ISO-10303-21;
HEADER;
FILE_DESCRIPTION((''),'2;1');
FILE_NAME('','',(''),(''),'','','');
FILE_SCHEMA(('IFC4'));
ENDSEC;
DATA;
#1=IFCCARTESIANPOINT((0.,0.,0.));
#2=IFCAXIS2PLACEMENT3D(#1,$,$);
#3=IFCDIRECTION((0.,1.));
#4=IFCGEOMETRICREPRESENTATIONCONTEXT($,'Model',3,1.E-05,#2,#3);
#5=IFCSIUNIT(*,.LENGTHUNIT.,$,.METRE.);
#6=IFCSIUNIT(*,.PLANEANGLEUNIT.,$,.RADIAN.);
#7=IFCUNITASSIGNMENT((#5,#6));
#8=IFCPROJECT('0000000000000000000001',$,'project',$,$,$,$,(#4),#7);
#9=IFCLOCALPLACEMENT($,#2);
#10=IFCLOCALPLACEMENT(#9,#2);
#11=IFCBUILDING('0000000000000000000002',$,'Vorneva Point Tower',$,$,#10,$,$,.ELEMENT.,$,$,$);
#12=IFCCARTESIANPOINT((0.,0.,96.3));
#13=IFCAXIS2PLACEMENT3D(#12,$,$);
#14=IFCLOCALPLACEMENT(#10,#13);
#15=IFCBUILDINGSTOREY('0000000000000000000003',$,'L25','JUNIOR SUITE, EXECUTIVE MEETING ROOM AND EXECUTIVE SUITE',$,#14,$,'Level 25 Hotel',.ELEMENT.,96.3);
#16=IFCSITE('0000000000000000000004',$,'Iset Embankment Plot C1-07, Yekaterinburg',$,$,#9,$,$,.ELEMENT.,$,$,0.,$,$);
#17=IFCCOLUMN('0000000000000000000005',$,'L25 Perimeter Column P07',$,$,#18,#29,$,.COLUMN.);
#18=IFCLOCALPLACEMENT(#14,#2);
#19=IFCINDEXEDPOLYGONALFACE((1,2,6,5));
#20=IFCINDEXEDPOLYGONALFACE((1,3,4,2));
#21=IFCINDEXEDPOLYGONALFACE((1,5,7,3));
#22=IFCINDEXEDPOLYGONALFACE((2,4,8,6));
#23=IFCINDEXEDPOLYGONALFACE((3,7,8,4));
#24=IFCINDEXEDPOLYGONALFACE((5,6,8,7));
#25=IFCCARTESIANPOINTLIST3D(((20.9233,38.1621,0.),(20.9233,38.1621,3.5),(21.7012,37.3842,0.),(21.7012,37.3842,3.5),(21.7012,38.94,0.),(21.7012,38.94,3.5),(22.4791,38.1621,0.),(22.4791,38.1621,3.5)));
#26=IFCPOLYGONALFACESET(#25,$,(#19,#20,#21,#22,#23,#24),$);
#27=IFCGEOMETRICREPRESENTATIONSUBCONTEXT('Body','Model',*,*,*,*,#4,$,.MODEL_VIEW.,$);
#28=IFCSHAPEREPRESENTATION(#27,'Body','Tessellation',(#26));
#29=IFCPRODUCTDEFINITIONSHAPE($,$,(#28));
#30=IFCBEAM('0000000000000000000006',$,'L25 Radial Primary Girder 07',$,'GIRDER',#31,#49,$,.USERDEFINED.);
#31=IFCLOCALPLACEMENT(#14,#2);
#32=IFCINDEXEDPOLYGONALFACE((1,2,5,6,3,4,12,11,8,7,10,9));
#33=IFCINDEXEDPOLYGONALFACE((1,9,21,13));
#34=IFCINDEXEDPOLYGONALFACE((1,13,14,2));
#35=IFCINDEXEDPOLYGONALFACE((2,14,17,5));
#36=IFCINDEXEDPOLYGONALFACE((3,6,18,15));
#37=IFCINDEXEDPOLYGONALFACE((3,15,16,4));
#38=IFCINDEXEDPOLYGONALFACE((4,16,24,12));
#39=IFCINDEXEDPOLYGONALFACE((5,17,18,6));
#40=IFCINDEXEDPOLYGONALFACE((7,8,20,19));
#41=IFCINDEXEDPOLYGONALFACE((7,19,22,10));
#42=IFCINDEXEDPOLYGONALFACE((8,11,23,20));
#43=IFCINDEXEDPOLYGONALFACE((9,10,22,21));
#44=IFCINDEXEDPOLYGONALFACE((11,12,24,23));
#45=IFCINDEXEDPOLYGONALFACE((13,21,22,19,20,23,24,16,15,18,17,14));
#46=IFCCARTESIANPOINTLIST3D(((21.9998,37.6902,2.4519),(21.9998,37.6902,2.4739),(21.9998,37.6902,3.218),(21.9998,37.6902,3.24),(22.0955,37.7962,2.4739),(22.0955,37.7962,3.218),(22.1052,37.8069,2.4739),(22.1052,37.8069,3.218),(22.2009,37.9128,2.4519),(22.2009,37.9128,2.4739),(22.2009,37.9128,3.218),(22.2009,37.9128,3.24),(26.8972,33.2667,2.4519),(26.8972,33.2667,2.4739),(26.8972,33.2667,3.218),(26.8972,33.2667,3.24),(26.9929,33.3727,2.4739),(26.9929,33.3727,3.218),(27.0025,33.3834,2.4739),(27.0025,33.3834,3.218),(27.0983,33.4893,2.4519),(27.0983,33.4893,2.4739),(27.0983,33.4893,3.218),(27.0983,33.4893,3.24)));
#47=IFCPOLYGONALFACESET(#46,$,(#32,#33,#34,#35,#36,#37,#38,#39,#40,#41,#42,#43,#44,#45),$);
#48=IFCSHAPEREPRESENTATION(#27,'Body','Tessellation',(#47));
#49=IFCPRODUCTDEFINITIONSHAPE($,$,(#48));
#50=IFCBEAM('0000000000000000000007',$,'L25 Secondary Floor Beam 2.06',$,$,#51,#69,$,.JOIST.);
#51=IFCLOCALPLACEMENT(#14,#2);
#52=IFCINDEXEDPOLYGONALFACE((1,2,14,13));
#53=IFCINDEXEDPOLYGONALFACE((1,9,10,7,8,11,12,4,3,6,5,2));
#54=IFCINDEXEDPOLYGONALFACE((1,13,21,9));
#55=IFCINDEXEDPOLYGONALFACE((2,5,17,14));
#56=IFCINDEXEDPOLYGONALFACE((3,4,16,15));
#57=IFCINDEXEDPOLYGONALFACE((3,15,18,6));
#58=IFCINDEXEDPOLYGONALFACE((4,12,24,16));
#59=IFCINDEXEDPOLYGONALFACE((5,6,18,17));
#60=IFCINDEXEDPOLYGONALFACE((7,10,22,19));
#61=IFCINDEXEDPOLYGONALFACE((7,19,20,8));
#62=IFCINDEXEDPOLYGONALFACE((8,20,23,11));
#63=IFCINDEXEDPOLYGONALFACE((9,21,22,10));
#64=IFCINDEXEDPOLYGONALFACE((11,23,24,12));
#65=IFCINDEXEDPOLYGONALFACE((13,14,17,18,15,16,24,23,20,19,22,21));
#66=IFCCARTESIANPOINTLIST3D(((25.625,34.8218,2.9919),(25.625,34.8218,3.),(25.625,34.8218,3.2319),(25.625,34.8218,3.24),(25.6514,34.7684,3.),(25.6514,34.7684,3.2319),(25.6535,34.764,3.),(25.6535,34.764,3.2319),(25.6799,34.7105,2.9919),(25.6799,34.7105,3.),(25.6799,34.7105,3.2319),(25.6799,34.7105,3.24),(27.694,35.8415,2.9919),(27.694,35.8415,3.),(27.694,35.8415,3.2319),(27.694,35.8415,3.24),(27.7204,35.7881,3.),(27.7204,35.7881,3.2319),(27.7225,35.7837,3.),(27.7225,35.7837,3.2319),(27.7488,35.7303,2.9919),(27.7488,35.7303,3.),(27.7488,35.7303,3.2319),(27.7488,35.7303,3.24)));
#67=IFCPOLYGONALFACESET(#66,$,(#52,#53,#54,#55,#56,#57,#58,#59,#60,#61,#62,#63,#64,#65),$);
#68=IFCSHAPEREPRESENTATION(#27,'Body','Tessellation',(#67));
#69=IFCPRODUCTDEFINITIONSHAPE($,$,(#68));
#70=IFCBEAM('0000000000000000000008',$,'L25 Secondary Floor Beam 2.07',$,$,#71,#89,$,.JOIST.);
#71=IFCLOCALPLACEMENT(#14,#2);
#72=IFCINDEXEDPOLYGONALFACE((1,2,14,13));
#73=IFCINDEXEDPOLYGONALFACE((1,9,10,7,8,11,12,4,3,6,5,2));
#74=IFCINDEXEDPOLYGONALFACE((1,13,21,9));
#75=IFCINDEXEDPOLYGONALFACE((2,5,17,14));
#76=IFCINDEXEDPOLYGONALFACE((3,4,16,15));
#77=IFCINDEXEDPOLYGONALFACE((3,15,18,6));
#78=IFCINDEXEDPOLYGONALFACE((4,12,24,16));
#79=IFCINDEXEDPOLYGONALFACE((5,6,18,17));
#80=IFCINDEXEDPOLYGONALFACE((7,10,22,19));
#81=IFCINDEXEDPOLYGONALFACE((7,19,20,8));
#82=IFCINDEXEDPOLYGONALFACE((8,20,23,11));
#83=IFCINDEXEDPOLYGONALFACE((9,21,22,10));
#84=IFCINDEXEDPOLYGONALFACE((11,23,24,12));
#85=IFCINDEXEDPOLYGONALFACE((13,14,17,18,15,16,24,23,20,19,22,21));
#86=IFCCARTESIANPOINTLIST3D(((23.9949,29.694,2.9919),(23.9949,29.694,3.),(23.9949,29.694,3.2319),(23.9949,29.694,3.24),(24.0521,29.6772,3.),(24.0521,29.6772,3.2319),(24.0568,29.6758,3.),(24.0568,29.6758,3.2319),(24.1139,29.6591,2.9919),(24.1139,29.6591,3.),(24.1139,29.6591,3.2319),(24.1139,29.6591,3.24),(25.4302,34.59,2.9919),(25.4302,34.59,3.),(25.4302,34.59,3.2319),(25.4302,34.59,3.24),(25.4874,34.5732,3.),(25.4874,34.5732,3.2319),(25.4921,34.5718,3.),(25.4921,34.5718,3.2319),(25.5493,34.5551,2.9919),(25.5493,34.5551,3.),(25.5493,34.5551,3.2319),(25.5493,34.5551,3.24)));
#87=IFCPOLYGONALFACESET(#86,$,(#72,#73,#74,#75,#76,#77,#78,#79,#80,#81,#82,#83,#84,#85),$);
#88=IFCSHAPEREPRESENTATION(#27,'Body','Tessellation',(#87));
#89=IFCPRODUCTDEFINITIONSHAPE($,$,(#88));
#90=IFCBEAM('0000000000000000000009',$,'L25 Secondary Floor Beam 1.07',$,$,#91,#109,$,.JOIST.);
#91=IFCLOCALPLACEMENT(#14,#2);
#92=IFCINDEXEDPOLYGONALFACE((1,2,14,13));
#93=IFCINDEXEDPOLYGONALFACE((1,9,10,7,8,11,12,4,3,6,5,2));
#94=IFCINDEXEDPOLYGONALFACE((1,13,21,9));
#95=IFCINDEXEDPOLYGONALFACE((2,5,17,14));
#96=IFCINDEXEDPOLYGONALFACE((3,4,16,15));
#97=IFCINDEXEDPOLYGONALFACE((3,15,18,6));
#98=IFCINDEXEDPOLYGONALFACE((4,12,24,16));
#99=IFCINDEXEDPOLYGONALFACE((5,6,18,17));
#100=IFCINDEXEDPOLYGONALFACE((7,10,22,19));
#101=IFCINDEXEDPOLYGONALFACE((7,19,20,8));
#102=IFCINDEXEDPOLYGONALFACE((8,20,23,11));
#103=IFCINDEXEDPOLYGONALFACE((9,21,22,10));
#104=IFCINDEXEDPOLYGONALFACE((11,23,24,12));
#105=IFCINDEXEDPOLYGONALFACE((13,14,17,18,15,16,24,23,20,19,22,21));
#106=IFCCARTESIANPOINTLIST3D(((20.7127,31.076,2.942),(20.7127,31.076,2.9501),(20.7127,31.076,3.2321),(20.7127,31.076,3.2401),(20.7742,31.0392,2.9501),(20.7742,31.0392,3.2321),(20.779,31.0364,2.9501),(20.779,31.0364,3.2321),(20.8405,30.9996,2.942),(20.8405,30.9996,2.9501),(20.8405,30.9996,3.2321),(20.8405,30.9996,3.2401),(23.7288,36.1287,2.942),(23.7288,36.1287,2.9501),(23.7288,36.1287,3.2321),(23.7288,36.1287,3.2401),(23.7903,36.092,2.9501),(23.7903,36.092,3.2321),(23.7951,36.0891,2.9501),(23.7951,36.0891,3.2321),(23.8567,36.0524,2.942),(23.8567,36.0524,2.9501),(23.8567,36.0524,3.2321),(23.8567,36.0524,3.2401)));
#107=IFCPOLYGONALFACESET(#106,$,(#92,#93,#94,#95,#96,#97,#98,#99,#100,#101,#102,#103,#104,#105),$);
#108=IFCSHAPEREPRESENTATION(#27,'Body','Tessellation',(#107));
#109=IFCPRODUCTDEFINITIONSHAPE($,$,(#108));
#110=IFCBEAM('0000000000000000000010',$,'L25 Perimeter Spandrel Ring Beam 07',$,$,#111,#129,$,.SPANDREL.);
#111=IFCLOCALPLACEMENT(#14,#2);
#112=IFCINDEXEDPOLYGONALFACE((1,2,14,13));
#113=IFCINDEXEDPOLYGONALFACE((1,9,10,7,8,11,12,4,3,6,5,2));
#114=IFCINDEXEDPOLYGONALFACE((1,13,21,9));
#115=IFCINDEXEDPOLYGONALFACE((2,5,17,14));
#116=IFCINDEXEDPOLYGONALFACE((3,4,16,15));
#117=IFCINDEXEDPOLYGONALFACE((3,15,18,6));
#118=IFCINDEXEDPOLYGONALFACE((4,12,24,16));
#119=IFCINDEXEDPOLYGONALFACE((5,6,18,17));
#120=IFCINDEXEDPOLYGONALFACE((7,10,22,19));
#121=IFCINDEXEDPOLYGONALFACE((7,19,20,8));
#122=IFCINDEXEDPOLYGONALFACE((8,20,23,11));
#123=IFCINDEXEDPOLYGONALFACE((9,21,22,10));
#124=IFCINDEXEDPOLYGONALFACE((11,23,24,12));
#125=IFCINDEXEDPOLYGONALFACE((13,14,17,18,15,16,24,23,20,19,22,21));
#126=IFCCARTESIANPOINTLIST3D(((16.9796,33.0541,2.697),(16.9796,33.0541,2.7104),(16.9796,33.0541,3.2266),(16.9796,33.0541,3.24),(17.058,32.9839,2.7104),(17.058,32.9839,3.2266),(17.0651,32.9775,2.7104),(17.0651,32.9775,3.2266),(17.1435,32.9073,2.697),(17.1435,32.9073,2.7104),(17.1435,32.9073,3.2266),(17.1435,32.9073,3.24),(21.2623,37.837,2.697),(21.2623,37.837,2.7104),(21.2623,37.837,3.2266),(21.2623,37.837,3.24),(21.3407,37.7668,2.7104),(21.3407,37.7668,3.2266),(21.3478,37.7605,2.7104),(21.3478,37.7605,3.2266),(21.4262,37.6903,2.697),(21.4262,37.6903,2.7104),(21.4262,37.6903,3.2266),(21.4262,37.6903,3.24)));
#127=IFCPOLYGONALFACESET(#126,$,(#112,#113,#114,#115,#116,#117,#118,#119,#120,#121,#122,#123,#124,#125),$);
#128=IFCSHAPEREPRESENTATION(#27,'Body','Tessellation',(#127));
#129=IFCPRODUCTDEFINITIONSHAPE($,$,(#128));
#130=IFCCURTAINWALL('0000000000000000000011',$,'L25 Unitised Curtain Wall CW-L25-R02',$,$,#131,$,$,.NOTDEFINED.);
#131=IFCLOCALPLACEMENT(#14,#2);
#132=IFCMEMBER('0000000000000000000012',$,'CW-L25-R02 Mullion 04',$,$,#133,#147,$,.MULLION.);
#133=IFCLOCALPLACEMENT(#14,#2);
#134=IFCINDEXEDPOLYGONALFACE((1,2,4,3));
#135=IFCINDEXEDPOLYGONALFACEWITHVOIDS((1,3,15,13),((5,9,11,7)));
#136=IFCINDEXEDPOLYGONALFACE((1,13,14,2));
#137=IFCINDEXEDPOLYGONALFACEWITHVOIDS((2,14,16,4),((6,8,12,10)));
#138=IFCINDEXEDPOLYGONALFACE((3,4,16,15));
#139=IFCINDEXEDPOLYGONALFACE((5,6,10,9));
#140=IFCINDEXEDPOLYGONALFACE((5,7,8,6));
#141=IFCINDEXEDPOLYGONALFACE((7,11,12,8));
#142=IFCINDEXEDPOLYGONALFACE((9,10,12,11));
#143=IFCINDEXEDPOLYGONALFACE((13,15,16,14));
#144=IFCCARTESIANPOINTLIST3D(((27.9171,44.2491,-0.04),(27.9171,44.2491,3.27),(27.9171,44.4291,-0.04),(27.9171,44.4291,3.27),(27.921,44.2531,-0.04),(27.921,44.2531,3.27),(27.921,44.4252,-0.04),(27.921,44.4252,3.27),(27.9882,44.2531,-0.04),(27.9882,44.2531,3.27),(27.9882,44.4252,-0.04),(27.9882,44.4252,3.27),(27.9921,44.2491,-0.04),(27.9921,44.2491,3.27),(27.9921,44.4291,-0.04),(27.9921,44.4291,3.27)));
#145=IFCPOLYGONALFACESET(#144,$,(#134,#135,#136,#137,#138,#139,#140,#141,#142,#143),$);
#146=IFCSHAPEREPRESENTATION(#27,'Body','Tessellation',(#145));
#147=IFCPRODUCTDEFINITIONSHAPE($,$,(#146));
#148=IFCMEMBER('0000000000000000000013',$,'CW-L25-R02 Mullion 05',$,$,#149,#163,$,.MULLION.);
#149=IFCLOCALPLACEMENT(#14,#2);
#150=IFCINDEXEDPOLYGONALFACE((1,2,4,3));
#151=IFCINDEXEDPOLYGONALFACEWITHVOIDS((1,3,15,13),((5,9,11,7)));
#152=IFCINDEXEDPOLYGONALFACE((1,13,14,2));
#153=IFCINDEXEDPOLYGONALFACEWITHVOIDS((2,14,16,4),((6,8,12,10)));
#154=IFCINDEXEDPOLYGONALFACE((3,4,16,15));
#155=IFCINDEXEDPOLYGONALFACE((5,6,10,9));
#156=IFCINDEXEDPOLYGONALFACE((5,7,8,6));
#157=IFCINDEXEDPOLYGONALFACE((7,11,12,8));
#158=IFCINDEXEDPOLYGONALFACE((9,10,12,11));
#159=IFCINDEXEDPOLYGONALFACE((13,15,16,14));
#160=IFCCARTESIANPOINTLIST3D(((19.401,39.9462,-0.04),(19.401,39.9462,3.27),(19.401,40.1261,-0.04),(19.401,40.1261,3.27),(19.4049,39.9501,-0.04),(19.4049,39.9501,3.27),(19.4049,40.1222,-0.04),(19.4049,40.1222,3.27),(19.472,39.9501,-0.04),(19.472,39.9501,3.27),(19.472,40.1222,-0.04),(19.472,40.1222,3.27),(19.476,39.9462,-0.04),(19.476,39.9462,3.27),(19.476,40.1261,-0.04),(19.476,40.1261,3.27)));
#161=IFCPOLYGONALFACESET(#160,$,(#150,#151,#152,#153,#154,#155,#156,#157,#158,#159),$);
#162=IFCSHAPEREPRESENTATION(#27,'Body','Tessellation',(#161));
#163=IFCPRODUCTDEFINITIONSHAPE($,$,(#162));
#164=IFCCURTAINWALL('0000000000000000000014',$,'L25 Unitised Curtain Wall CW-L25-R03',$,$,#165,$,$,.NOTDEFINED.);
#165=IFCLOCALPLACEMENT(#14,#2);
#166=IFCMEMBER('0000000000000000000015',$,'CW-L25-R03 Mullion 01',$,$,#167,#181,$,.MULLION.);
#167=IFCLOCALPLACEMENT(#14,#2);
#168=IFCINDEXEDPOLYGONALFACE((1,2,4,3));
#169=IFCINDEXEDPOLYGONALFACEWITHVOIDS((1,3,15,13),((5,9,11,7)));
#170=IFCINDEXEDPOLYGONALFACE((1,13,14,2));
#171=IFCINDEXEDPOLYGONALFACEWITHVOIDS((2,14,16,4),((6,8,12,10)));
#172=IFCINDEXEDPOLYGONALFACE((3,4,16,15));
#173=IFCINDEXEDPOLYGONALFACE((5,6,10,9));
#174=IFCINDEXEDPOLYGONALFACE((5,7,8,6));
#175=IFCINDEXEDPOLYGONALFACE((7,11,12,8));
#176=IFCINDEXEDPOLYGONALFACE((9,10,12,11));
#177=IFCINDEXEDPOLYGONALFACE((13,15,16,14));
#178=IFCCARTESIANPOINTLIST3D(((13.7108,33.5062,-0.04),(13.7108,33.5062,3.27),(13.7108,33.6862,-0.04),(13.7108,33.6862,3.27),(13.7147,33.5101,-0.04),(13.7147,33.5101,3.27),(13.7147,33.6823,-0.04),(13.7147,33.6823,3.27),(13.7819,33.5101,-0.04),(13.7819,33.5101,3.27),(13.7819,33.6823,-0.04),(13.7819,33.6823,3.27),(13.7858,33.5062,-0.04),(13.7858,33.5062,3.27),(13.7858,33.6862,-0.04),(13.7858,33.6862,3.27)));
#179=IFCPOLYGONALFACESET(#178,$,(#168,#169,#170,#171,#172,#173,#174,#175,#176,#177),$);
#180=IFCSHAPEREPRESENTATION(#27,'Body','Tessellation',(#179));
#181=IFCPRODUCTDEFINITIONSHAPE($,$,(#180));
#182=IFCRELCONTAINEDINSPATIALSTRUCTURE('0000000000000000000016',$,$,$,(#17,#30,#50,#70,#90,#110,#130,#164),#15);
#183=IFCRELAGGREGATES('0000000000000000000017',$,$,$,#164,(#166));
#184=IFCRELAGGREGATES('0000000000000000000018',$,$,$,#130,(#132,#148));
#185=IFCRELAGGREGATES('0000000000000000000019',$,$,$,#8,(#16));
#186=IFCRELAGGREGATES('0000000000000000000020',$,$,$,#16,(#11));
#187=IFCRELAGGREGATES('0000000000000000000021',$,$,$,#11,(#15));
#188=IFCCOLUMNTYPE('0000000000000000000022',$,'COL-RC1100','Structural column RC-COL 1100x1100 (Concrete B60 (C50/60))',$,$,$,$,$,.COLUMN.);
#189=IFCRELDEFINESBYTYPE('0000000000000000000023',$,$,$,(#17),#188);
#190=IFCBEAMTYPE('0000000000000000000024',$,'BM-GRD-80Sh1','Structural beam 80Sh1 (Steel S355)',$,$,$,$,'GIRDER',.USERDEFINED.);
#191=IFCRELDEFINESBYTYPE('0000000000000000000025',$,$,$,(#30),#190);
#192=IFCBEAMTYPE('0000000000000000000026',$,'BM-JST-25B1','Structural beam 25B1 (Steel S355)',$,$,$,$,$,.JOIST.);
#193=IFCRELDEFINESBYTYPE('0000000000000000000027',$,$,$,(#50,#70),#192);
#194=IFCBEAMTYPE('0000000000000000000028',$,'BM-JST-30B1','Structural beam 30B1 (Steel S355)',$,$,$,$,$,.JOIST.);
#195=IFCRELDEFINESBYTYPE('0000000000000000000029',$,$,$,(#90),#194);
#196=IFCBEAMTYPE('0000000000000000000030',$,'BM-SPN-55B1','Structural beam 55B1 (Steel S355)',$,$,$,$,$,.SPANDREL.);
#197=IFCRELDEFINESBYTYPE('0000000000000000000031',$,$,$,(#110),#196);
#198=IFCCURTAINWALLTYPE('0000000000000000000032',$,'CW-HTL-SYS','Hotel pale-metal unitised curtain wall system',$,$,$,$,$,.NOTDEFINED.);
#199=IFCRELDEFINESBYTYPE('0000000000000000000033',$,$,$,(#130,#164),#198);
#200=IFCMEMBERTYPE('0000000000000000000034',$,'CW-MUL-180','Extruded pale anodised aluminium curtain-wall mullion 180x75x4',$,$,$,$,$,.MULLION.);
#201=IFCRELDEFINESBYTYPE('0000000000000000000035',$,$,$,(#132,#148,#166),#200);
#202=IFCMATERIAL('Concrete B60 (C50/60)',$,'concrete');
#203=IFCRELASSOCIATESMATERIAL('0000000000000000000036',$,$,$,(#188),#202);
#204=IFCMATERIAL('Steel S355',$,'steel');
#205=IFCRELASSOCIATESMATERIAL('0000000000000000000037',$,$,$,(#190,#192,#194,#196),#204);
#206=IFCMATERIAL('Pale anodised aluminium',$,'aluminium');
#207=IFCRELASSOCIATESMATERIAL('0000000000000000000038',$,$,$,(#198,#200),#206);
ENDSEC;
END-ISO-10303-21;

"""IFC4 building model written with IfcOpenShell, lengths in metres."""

from ifc_helpers import new_model, si_unit, direction, frame, origin, origin_2d, place, context, subcontext, project, spatial, rectangle, hollow_rectangle, i_section, extrude, material, material_profile, profile_set, type_object, element, aggregate, save


model = new_model("IFC4")

# Units and contexts
model_context = context("Model", 3, precision=1e-05, world=origin(), true_north=direction((0.0, 1.0)))
body_context = subcontext(model_context, "Body", "Model", "MODEL_VIEW")
ifc_project = project(units=[si_unit("LENGTHUNIT", "METRE"), si_unit("PLANEANGLEUNIT", "RADIAN")], contexts=[model_context])

# Site, building, storey
site_placement = place(None, origin())
site = spatial("IfcSite", under=ifc_project, at=site_placement, Name="Iset Embankment Plot C1-07, Yekaterinburg", CompositionType="ELEMENT", RefElevation=0.0)
building_placement = place(site_placement, origin())
building = spatial("IfcBuilding", under=site, at=building_placement, Name="Vorneva Point Tower", CompositionType="ELEMENT")
storey_placement = place(building_placement, frame((0.0, 0.0, 96.3)))
storey = spatial("IfcBuildingStorey", under=building, at=storey_placement, Name="L25", Description="JUNIOR SUITE, EXECUTIVE MEETING ROOM AND EXECUTIVE SUITE", LongName="Level 25 Hotel", CompositionType="ELEMENT", Elevation=96.3)

# Column
ifc_material_1 = material(Name="Concrete B60 (C50/60)", Category="concrete")
ifc_material_profile_1 = material_profile(ifc_material_1, rectangle(XDim=1.1001, YDim=1.1001, at=origin_2d()), Name="RC-COL 1100x1100")
ifc_profile_set_1 = profile_set([ifc_material_profile_1], Name="Concrete B60 (C50/60)")
column_type = type_object("IfcColumnType", Name="COL-RC1100", Description="Structural column RC-COL 1100x1100 (Concrete B60 (C50/60))", PredefinedType="COLUMN", material=ifc_profile_set_1)
column_placement = place(storey_placement, frame((21.7012, 38.1621, 0.0), z_axis=(0.0, 0.0, 1.0), x_axis=(-0.707107, 0.707107, 0.0)))
element("IfcColumn", 1, at=column_placement, inside=storey, type_object=column_type, Name="L25 Perimeter Column P07", PredefinedType="COLUMN", context=body_context, shape_type="SweptSolid", body=[
    extrude(rectangle(XDim=1.1001, YDim=1.1001, at=origin_2d()), origin(), (0.0, 0.0, 1.0), 3.5),
])

# Beams
ifc_material_2 = material(Name="Steel S355", Category="steel")
ifc_material_profile_2 = material_profile(ifc_material_2, i_section(OverallWidth=0.3, OverallDepth=0.7881, WebThickness=0.0144, FlangeThickness=0.022, at=origin_2d()), Name="80Sh1")
ifc_profile_set_2 = profile_set([ifc_material_profile_2], Name="Steel S355")
beam_type_1 = type_object("IfcBeamType", Name="BM-GRD-80Sh1", Description="Structural beam 80Sh1 (Steel S355)", ElementType="GIRDER", PredefinedType="USERDEFINED", material=ifc_profile_set_2)
beam_1_placement = place(storey_placement, frame((22.1003, 37.8015, 2.8459), z_axis=(0.742097, -0.670292, 0.0), x_axis=(0.670292, 0.742097, 0.0)))
element("IfcBeam", 2, at=beam_1_placement, inside=storey, type_object=beam_type_1, Name="L25 Radial Primary Girder 07", ObjectType="GIRDER", PredefinedType="USERDEFINED", context=body_context, shape_type="SweptSolid", body=[
    extrude(i_section(OverallWidth=0.3, OverallDepth=0.7881, WebThickness=0.0144, FlangeThickness=0.022, at=origin_2d()), origin(), (0.0, 0.0, 1.0), 6.5994),
])
ifc_material_profile_3 = material_profile(ifc_material_2, i_section(OverallWidth=0.124, OverallDepth=0.248, WebThickness=0.0049, FlangeThickness=0.0081, at=origin_2d()), Name="25B1")
ifc_profile_set_3 = profile_set([ifc_material_profile_3], Name="Steel S355")
beam_type_2 = type_object("IfcBeamType", Name="BM-JST-25B1", Description="Structural beam 25B1 (Steel S355)", PredefinedType="JOIST", material=ifc_profile_set_3)
beam_2_placement = place(storey_placement, frame((27.7214, 35.7859, 3.116), z_axis=(-0.896974, -0.442084, 0.0), x_axis=(0.442084, -0.896974, 0.0)))
element("IfcBeam", 3, at=beam_2_placement, inside=storey, type_object=beam_type_2, Name="L25 Secondary Floor Beam 2.06", PredefinedType="JOIST", context=body_context, shape_type="SweptSolid", body=[
    extrude(i_section(OverallWidth=0.124, OverallDepth=0.248, WebThickness=0.0049, FlangeThickness=0.0081, at=origin_2d()), origin(), (0.0, 0.0, 1.0), 2.3066),
])
beam_3_placement = place(storey_placement, frame((25.4897, 34.5725, 3.116), z_axis=(-0.281319, -0.959614, 0.0), x_axis=(0.959614, -0.281319, 0.0)))
element("IfcBeam", 4, at=beam_3_placement, inside=storey, type_object=beam_type_2, Name="L25 Secondary Floor Beam 2.07", PredefinedType="JOIST", context=body_context, shape_type="SweptSolid", body=[
    extrude(i_section(OverallWidth=0.124, OverallDepth=0.248, WebThickness=0.0049, FlangeThickness=0.0081, at=origin_2d()), origin(), (0.0, 0.0, 1.0), 5.1021),
])
ifc_material_profile_4 = material_profile(ifc_material_2, i_section(OverallWidth=0.1489, OverallDepth=0.2981, WebThickness=0.0056, FlangeThickness=0.0081, at=origin_2d()), Name="30B1")
ifc_profile_set_4 = profile_set([ifc_material_profile_4], Name="Steel S355")
beam_type_3 = type_object("IfcBeamType", Name="BM-JST-30B1", Description="Structural beam 30B1 (Steel S355)", PredefinedType="JOIST", material=ifc_profile_set_4)
beam_4_placement = place(storey_placement, frame((23.7927, 36.0906, 3.0911), z_axis=(-0.512554, -0.858655, 0.0), x_axis=(0.858655, -0.512554, 0.0)))
element("IfcBeam", 5, at=beam_4_placement, inside=storey, type_object=beam_type_3, Name="L25 Secondary Floor Beam 1.07", PredefinedType="JOIST", context=body_context, shape_type="SweptSolid", body=[
    extrude(i_section(OverallWidth=0.1489, OverallDepth=0.2981, WebThickness=0.0056, FlangeThickness=0.0081, at=origin_2d()), origin(), (0.0, 0.0, 1.0), 5.8845),
])
ifc_material_profile_5 = material_profile(ifc_material_2, i_section(OverallWidth=0.22, OverallDepth=0.543, WebThickness=0.0095, FlangeThickness=0.0134, at=origin_2d()), Name="55B1")
ifc_profile_set_5 = profile_set([ifc_material_profile_5], Name="Steel S355")
beam_type_4 = type_object("IfcBeamType", Name="BM-SPN-55B1", Description="Structural beam 55B1 (Steel S355)", PredefinedType="SPANDREL", material=ifc_profile_set_5)
beam_5_placement = place(storey_placement, frame((21.3442, 37.7637, 2.9685), z_axis=(-0.667074, -0.744992, 0.0), x_axis=(0.744992, -0.667074, 0.0)))
element("IfcBeam", 6, at=beam_5_placement, inside=storey, type_object=beam_type_4, Name="L25 Perimeter Spandrel Ring Beam 07", PredefinedType="SPANDREL", context=body_context, shape_type="SweptSolid", body=[
    extrude(i_section(OverallWidth=0.22, OverallDepth=0.543, WebThickness=0.0095, FlangeThickness=0.0134, at=origin_2d()), origin(), (0.0, 0.0, 1.0), 6.4202),
])

# Curtain wall, members
ifc_material_3 = material(Name="Pale anodised aluminium", Category="aluminium")
curtain_wall_type = type_object("IfcCurtainWallType", Name="CW-HTL-SYS", Description="Hotel pale-metal unitised curtain wall system", PredefinedType="NOTDEFINED", material=ifc_material_3)
curtain_wall_1_placement = place(storey_placement, origin())
curtain_wall_1 = element("IfcCurtainWall", 7, at=curtain_wall_1_placement, inside=storey, type_object=curtain_wall_type, Name="L25 Unitised Curtain Wall CW-L25-R02", PredefinedType="NOTDEFINED")
ifc_material_profile_6 = material_profile(ifc_material_3, hollow_rectangle(XDim=0.075, YDim=0.1799, WallThickness=0.0039, at=origin_2d()), Name="AL-MUL 180x75x4")
ifc_profile_set_6 = profile_set([ifc_material_profile_6], Name="Pale anodised aluminium")
member_type_1 = type_object("IfcMemberType", Name="CW-MUL-180", Description="Extruded pale anodised aluminium curtain-wall mullion 180x75x4", PredefinedType="MULLION", material=ifc_profile_set_6)
member_1_placement = place(storey_placement, frame((27.9546, 44.3391, -0.04), z_axis=(0.0, 0.0, 1.0), x_axis=(1.0, 0.0, 0.0)))
member_1 = element("IfcMember", 8, at=member_1_placement, type_object=member_type_1, Name="CW-L25-R02 Mullion 04", PredefinedType="MULLION", context=body_context, shape_type="SweptSolid", body=[
    extrude(hollow_rectangle(XDim=0.075, YDim=0.1799, WallThickness=0.0039, at=origin_2d()), origin(), (0.0, 0.0, 1.0), 3.3101),
])
member_2_placement = place(storey_placement, frame((19.4385, 40.0361, -0.04), z_axis=(0.0, 0.0, 1.0), x_axis=(1.0, 0.0, 0.0)))
member_2 = element("IfcMember", 9, at=member_2_placement, type_object=member_type_1, Name="CW-L25-R02 Mullion 05", PredefinedType="MULLION", context=body_context, shape_type="SweptSolid", body=[
    extrude(hollow_rectangle(XDim=0.075, YDim=0.1799, WallThickness=0.0039, at=origin_2d()), origin(), (0.0, 0.0, 1.0), 3.3101),
])

# Curtain wall, member
curtain_wall_2_placement = place(storey_placement, origin())
curtain_wall_2 = element("IfcCurtainWall", 10, at=curtain_wall_2_placement, inside=storey, type_object=curtain_wall_type, Name="L25 Unitised Curtain Wall CW-L25-R03", PredefinedType="NOTDEFINED")
member_3_placement = place(storey_placement, frame((13.7483, 33.5962, -0.04), z_axis=(0.0, 0.0, 1.0), x_axis=(1.0, 0.0, 0.0)))
member_3 = element("IfcMember", 11, at=member_3_placement, type_object=member_type_1, Name="CW-L25-R03 Mullion 01", PredefinedType="MULLION", context=body_context, shape_type="SweptSolid", body=[
    extrude(hollow_rectangle(XDim=0.075, YDim=0.1799, WallThickness=0.0039, at=origin_2d()), origin(), (0.0, 0.0, 1.0), 3.3101),
])

aggregate(curtain_wall_2, [member_3])

aggregate(curtain_wall_1, [member_1, member_2])

save(model, "model.ifc")
